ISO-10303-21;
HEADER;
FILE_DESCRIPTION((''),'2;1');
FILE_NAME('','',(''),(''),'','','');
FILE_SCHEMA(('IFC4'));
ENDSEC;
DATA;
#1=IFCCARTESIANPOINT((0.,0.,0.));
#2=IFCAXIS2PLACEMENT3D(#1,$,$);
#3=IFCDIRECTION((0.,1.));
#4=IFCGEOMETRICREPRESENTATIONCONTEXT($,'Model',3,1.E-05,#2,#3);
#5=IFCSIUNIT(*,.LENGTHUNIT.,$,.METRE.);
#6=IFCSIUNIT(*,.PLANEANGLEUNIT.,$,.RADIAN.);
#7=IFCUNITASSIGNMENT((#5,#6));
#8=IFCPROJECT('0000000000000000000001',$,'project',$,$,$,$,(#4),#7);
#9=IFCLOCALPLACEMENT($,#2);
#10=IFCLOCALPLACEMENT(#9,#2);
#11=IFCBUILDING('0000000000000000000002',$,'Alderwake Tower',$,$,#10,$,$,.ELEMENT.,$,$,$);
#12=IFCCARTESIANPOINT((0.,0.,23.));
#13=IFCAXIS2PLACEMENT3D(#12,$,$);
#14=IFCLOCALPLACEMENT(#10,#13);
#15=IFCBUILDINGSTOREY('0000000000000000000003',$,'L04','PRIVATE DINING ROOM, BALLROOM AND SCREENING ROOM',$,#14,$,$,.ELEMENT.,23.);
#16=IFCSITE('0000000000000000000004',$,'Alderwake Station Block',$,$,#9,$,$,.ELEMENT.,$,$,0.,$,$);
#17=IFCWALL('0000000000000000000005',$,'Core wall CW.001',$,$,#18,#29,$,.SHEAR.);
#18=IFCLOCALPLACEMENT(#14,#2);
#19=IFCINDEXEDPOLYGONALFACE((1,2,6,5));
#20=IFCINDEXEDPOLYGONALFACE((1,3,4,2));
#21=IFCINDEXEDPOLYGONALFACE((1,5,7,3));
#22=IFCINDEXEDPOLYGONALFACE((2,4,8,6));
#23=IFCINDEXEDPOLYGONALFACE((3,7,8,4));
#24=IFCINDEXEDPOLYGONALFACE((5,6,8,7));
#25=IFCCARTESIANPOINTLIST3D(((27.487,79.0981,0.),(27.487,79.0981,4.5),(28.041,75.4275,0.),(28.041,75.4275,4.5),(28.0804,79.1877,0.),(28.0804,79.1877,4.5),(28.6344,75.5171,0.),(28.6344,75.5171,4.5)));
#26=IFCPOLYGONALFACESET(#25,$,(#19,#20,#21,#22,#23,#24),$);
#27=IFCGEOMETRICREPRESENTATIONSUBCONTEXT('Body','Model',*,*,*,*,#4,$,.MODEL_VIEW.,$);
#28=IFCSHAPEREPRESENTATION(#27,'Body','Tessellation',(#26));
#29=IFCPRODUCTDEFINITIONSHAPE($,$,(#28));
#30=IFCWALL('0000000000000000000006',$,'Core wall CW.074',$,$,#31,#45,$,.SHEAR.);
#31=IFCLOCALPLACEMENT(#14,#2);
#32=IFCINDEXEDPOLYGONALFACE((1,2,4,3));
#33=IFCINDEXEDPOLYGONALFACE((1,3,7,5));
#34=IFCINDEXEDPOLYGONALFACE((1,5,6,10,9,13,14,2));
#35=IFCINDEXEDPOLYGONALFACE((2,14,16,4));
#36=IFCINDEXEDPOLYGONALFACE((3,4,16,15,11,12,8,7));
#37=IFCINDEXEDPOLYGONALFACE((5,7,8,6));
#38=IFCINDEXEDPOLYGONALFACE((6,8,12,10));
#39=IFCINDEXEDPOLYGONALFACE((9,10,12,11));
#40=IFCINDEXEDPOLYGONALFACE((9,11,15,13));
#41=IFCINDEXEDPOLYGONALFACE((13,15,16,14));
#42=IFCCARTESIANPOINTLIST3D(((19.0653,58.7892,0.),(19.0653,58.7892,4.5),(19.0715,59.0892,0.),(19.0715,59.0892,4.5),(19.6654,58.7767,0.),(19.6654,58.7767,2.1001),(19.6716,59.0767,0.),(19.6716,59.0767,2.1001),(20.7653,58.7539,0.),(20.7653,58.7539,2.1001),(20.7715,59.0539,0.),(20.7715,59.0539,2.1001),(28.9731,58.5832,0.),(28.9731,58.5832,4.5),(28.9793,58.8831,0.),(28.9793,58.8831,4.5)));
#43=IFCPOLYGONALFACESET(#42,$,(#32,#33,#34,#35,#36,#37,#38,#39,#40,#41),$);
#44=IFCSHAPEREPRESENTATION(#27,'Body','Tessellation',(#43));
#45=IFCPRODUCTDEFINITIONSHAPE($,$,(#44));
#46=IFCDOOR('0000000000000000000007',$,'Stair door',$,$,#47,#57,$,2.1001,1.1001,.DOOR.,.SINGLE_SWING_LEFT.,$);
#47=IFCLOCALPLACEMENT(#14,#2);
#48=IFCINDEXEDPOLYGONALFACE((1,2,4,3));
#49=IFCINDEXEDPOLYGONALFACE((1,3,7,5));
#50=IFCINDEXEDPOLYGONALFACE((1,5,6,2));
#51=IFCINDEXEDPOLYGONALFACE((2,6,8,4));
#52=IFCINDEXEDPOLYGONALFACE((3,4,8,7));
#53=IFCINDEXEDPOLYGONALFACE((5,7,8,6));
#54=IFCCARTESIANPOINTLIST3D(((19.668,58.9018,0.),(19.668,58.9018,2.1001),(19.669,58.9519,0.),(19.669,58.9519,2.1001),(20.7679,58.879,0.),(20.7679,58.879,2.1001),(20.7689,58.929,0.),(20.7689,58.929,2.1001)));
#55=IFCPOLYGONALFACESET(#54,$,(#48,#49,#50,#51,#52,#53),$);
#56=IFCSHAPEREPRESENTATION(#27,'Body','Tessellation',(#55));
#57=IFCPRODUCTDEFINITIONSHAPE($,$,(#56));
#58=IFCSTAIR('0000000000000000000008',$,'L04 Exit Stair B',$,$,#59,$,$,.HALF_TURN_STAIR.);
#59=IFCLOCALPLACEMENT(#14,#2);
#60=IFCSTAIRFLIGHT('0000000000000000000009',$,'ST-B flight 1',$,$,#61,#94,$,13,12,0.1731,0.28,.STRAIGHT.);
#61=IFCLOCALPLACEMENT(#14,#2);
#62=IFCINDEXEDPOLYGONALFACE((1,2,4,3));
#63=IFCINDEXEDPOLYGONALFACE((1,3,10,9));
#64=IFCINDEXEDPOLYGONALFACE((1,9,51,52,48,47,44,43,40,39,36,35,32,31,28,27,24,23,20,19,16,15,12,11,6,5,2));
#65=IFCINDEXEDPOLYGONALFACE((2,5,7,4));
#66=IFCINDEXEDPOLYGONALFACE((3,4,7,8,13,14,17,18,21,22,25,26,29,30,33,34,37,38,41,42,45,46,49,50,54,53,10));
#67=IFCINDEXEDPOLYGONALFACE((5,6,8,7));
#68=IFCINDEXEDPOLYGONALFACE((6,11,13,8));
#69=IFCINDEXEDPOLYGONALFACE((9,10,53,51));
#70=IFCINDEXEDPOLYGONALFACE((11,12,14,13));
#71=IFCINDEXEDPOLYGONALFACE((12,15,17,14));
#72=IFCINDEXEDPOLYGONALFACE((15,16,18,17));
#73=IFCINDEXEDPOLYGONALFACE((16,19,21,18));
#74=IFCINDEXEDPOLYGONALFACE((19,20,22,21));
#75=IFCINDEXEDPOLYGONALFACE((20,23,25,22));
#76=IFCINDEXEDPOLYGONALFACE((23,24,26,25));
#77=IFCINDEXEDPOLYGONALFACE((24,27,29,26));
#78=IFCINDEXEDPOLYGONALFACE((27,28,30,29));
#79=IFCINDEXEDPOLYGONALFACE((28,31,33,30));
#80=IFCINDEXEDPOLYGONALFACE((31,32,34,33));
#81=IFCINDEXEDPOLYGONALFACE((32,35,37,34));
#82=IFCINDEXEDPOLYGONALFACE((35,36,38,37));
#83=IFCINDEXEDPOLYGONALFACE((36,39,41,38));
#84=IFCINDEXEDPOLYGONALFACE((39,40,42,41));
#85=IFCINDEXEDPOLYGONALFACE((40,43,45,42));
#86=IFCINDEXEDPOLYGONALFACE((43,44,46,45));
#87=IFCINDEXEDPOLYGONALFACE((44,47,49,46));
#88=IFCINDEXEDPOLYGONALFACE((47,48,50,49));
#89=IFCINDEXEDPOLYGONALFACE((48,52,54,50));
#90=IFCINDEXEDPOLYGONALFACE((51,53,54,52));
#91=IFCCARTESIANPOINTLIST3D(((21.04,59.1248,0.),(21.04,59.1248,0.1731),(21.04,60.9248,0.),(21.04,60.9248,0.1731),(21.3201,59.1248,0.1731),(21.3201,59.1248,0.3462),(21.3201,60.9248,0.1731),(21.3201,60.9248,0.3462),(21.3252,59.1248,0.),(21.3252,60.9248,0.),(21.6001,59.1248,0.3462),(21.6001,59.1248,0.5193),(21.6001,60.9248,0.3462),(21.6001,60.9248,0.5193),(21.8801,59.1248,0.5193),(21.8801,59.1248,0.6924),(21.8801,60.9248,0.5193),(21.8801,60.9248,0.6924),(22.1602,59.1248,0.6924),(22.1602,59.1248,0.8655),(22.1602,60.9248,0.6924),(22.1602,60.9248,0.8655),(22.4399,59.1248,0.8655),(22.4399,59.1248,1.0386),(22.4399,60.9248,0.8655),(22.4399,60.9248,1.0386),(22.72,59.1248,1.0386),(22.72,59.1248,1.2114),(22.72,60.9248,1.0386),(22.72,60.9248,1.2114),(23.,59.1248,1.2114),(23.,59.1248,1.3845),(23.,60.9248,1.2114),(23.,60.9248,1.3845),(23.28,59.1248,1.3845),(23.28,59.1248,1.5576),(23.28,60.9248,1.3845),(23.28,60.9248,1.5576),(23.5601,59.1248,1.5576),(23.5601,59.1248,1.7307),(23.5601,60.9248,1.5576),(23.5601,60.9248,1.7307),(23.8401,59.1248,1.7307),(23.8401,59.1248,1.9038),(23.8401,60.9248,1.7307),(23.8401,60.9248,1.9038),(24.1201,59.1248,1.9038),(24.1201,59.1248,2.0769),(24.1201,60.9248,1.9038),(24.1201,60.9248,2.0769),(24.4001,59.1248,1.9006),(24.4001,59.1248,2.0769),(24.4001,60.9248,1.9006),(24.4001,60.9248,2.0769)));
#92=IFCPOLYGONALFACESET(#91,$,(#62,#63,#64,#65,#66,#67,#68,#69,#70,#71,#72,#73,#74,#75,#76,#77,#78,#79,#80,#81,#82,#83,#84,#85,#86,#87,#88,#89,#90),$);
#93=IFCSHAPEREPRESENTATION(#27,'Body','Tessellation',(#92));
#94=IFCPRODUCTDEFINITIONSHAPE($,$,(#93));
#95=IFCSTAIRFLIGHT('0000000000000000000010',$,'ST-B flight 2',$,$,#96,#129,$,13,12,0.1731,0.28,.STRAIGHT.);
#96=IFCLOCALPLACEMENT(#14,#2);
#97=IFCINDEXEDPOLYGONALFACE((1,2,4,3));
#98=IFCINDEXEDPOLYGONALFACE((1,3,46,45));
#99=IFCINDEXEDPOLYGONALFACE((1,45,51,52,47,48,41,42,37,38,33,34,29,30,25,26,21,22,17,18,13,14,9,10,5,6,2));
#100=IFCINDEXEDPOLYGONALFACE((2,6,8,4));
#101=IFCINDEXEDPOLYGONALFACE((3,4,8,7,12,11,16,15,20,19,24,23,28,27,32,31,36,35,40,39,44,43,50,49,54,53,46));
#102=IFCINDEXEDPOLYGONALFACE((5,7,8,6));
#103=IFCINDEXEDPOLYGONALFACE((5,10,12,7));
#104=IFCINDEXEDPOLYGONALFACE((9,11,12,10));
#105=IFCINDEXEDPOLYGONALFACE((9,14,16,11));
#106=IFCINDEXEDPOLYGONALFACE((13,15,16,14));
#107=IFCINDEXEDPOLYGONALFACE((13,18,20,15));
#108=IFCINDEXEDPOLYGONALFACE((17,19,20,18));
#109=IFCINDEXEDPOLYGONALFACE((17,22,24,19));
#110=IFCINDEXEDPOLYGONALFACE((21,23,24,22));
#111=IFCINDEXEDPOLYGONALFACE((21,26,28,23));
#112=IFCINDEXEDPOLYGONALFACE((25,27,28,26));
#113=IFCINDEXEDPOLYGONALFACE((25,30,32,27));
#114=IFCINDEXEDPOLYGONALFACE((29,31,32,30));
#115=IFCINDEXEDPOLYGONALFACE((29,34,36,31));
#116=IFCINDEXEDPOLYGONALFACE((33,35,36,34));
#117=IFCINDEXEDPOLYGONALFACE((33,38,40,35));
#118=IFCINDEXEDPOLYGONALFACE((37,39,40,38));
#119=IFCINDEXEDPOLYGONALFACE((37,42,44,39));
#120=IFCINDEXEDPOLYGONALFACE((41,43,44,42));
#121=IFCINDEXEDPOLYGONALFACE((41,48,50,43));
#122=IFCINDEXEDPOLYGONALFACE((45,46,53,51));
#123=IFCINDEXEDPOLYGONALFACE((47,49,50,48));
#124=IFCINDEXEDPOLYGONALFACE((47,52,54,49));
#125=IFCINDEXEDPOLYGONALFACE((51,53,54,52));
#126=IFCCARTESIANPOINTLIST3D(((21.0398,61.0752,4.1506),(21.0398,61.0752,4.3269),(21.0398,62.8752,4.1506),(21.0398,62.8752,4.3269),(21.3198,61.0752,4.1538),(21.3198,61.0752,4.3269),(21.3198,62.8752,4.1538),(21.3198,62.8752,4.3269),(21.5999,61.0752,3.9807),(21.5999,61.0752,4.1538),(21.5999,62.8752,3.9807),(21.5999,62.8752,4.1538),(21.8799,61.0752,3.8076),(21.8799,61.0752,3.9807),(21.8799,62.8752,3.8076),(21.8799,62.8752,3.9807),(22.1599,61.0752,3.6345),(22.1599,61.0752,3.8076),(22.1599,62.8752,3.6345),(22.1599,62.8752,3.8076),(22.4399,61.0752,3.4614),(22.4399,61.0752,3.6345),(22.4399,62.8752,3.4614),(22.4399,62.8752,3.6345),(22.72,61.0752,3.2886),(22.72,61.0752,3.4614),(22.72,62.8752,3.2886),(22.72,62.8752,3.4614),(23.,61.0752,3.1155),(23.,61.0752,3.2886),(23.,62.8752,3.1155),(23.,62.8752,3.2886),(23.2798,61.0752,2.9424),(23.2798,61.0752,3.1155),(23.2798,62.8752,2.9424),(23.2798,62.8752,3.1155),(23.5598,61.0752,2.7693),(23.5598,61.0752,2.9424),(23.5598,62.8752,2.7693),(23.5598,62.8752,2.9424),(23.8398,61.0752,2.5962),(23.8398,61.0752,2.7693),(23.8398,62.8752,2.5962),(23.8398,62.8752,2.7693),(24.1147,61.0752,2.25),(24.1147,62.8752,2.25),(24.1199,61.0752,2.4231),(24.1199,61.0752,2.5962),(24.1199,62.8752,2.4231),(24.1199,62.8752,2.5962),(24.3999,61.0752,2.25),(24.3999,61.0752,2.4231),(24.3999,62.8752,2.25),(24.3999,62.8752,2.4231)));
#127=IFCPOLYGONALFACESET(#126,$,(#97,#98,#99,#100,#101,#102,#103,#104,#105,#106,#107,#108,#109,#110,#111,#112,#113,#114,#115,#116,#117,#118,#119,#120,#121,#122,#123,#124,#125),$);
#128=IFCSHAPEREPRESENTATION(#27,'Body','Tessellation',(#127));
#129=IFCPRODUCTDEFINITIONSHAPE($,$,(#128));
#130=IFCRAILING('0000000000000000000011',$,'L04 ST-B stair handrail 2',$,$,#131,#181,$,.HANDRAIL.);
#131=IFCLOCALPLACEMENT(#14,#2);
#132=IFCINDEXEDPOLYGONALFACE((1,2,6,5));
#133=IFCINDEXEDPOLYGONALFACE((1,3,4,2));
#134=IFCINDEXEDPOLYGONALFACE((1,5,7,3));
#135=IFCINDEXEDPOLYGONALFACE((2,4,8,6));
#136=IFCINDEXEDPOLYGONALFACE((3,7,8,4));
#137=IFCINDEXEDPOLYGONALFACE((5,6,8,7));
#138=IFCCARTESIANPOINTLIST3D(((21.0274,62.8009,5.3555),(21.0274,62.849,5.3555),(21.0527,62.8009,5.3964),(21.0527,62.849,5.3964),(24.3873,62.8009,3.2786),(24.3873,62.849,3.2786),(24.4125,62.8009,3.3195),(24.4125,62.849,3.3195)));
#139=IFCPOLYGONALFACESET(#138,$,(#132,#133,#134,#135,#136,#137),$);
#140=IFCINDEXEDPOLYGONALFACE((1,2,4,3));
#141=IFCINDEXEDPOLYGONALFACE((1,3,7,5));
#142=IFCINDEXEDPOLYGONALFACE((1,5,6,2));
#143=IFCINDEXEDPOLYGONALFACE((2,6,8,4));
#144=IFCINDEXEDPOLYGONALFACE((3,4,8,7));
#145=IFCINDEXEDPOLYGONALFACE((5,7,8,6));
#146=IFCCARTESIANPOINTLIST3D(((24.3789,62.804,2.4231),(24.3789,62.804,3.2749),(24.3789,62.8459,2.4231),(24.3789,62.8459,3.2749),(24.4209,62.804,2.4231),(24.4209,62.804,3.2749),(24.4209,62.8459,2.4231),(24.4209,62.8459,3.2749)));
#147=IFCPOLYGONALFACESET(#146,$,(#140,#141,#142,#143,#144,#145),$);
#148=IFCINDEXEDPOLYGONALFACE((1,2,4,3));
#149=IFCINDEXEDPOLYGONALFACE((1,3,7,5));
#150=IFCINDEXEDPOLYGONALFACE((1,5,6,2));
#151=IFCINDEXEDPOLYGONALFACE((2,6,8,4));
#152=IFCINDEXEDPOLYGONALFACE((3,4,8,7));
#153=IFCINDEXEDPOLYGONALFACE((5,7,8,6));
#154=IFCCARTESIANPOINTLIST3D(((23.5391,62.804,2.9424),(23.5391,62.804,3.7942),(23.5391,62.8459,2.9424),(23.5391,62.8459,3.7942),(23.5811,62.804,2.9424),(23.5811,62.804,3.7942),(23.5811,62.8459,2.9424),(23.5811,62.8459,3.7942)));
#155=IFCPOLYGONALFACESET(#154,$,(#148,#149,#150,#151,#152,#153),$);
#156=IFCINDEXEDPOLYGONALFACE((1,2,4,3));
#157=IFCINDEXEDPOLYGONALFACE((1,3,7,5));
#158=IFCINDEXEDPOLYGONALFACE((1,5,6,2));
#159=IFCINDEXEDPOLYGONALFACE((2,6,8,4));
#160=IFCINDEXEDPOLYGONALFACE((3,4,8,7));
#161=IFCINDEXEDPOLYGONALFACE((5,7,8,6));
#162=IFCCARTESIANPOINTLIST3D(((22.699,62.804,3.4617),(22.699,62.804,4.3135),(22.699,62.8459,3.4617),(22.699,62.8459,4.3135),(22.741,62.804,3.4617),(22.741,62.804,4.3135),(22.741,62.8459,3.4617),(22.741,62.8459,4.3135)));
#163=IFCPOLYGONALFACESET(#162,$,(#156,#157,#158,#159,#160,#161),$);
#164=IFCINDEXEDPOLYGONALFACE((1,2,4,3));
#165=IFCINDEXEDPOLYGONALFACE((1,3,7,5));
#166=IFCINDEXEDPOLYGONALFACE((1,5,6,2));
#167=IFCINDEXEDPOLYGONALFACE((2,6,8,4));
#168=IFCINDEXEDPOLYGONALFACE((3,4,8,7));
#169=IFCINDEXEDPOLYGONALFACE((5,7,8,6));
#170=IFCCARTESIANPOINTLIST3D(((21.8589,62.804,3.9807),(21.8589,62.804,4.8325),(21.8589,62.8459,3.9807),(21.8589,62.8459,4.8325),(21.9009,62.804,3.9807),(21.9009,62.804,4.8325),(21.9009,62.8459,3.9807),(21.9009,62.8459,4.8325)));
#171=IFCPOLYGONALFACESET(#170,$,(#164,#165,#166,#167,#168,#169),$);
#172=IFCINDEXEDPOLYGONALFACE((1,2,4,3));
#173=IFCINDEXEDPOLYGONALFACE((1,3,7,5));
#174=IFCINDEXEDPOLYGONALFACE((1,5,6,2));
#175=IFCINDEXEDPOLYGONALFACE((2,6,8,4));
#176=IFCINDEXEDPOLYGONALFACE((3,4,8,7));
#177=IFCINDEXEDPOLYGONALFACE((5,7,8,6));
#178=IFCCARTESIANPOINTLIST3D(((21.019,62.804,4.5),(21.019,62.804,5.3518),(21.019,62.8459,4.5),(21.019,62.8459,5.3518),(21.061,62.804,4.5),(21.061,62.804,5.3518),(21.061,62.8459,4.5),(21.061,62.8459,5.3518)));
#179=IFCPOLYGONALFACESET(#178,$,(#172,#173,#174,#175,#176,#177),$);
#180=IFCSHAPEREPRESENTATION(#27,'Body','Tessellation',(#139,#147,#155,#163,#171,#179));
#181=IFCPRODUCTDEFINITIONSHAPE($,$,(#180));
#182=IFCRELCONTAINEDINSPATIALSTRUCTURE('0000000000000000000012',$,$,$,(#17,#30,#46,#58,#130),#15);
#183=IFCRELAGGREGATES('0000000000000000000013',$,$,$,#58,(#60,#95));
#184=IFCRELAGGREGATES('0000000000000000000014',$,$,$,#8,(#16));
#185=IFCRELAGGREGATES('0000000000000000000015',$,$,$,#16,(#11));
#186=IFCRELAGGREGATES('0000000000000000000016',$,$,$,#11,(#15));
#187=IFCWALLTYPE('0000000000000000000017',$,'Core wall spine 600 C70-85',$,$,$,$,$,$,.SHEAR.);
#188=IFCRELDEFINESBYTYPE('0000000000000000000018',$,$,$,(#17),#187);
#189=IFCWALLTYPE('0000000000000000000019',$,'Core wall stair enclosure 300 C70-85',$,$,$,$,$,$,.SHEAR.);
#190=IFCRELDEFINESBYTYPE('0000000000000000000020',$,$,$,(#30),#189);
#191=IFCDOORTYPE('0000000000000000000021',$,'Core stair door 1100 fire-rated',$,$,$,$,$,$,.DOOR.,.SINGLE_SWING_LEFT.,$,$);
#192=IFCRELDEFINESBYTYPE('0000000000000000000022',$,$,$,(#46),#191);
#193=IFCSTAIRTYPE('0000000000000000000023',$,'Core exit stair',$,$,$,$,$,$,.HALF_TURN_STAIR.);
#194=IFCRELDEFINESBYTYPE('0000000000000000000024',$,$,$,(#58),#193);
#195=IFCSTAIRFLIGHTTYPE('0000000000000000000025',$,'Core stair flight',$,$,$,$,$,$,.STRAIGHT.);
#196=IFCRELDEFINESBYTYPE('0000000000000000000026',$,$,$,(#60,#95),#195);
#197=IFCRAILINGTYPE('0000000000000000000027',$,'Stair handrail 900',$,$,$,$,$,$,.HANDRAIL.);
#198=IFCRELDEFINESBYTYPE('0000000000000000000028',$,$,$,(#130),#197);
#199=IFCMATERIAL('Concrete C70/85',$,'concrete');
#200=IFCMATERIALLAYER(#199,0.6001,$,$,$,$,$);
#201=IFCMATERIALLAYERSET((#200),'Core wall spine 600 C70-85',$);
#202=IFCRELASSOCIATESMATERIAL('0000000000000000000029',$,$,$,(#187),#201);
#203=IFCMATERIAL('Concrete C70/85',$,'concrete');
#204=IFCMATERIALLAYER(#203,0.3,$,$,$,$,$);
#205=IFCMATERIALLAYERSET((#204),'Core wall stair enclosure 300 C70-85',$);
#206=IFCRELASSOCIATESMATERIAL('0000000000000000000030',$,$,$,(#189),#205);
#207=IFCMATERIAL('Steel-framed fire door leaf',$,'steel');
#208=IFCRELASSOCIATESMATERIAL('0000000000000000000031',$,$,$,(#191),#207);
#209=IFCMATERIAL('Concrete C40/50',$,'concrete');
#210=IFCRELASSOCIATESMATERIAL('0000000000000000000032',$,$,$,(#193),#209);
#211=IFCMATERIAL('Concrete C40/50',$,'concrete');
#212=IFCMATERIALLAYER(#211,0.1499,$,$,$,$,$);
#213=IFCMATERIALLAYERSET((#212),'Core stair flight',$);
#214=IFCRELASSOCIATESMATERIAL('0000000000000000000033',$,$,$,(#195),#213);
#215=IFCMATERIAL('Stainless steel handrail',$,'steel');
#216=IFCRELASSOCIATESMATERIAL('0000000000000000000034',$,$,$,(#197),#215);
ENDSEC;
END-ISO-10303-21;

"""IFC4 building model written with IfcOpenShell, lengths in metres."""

from ifc_helpers import new_model, si_unit, direction, frame, frame_2d, origin, origin_2d, place, context, subcontext, project, spatial, polyline, rectangle, outline, extrude, material, layer, layer_set, type_object, element, fill, aggregate, save


model = new_model("IFC4")

# Units and contexts
model_context = context("Model", 3, precision=1e-05, world=origin(), true_north=direction((0.0, 1.0)))
body_context = subcontext(model_context, "Body", "Model", "MODEL_VIEW")
ifc_project = project(units=[si_unit("LENGTHUNIT", "METRE"), si_unit("PLANEANGLEUNIT", "RADIAN")], contexts=[model_context])

# Site, building, storey
site_placement = place(None, origin())
site = spatial("IfcSite", under=ifc_project, at=site_placement, Name="Alderwake Station Block", CompositionType="ELEMENT", RefElevation=0.0)
building_placement = place(site_placement, origin())
building = spatial("IfcBuilding", under=site, at=building_placement, Name="Alderwake Tower", CompositionType="ELEMENT")
storey_placement = place(building_placement, frame((0.0, 0.0, 23.0)))
storey = spatial("IfcBuildingStorey", under=building, at=storey_placement, Name="L04", Description="PRIVATE DINING ROOM, BALLROOM AND SCREENING ROOM", CompositionType="ELEMENT", Elevation=23.0)

# Shared definitions
ifc_material_1 = material(Name="Concrete C70/85", Category="concrete")
ifc_layer_1 = layer(ifc_material_1, 0.6001)
ifc_layer_set_1 = layer_set([ifc_layer_1], Name="Core wall spine 600 C70-85")
wall_type_1 = type_object("IfcWallType", Name="Core wall spine 600 C70-85", PredefinedType="SHEAR", material=ifc_layer_set_1)

# Wall
wall_1_placement = place(storey_placement, frame((28.3376, 75.4724, 0.0), z_axis=(0.0, 0.0, 1.0), x_axis=(-0.149225, 0.988803, 0.0)))
element("IfcWall", 1, at=wall_1_placement, inside=storey, type_object=wall_type_1, Name="Core wall CW.001", PredefinedType="SHEAR", context=body_context, shape_type="SweptSolid", body=[
    extrude(rectangle(XDim=3.7122, YDim=0.6001, at=frame_2d((1.856, 0.0))), origin(), (0.0, 0.0, 1.0), 4.5),
])

# Wall, opening, door
ifc_material_2 = material(Name="Concrete C70/85", Category="concrete")
ifc_layer_2 = layer(ifc_material_2, 0.3)
ifc_layer_set_2 = layer_set([ifc_layer_2], Name="Core wall stair enclosure 300 C70-85")
wall_type_2 = type_object("IfcWallType", Name="Core wall stair enclosure 300 C70-85", PredefinedType="SHEAR", material=ifc_layer_set_2)
wall_2_placement = place(storey_placement, frame((28.9763, 58.7332, 0.0), z_axis=(0.0, 0.0, 1.0), x_axis=(-0.999784, 0.020793, 0.0)))
wall_2 = element("IfcWall", 2, at=wall_2_placement, inside=storey, type_object=wall_type_2, Name="Core wall CW.074", PredefinedType="SHEAR", context=body_context, shape_type="SweptSolid", body=[
    extrude(rectangle(XDim=9.9099, YDim=0.3, at=frame_2d((4.9551, 0.0))), origin(), (0.0, 0.0, 1.0), 4.5),
])
opening_1_placement = place(wall_2_placement, frame((8.2097, 0.0, 0.0)))
opening_1 = element("IfcOpeningElement", 3, at=opening_1_placement, cuts=wall_2, PredefinedType="OPENING", context=body_context, shape_type="SweptSolid", body=[
    extrude(rectangle(XDim=1.1001, YDim=2.1001, at=frame_2d((0.55, 1.05))), frame((0.0, 0.1599, 0.0), z_axis=(0.0, -1.0, 0.0), x_axis=(1.0, 0.0, 0.0)), (0.0, 0.0, 1.0), 0.3201),
])
ifc_material_3 = material(Name="Steel-framed fire door leaf", Category="steel")
door_type_1 = type_object("IfcDoorType", Name="Core stair door 1100 fire-rated", OperationType="SINGLE_SWING_LEFT", PredefinedType="DOOR", material=ifc_material_3)
door_1_placement = place(opening_1_placement, origin())
door_1 = element("IfcDoor", 4, at=door_1_placement, inside=storey, type_object=door_type_1, Name="Stair door", OperationType="SINGLE_SWING_LEFT", OverallHeight=2.1001, OverallWidth=1.1001, PredefinedType="DOOR", context=body_context, shape_type="SweptSolid", body=[
    extrude(rectangle(XDim=1.1001, YDim=2.1001, at=frame_2d((0.55, 1.05))), frame((0.0, 0.0249, 0.0), z_axis=(0.0, -1.0, 0.0), x_axis=(1.0, 0.0, 0.0)), (0.0, 0.0, 1.0), 0.05),
])
fill(opening_1, door_1)

# Stair, stair flights
ifc_material_4 = material(Name="Concrete C40/50", Category="concrete")
stair_type = type_object("IfcStairType", Name="Core exit stair", PredefinedType="HALF_TURN_STAIR", material=ifc_material_4)
stair_placement = place(storey_placement, origin())
stair = element("IfcStair", 5, at=stair_placement, inside=storey, type_object=stair_type, Name="L04 Exit Stair B", PredefinedType="HALF_TURN_STAIR")
ifc_material_5 = material(Name="Concrete C40/50", Category="concrete")
ifc_layer_3 = layer(ifc_material_5, 0.1499)
ifc_layer_set_3 = layer_set([ifc_layer_3], Name="Core stair flight")
stair_flight_type = type_object("IfcStairFlightType", Name="Core stair flight", PredefinedType="STRAIGHT", material=ifc_layer_set_3)
stair_flight_1_placement = place(storey_placement, frame((21.04, 60.0249, 0.0), z_axis=(0.0, 0.0, 1.0), x_axis=(1.0, 0.0, 0.0)))
stair_flight_1 = element("IfcStairFlight", 6, at=stair_flight_1_placement, type_object=stair_flight_type, Name="ST-B flight 1", NumberOfRisers=13, NumberOfTreads=12, PredefinedType="STRAIGHT", RiserHeight=0.1731, TreadLength=0.28, context=body_context, shape_type="SweptSolid", body=[
    extrude(outline(polyline([(0.0, 0.0), (0.0, 0.1731), (0.28, 0.1731), (0.28, 0.3462), (0.5601, 0.3462), (0.5601, 0.5193), (0.8401, 0.5193), (0.8401, 0.6924), (1.1201, 0.6924), (1.1201, 0.8655), (1.3999, 0.8655), (1.3999, 1.0386), (1.6799, 1.0386), (1.6799, 1.2114), (1.96, 1.2114), (1.96, 1.3845), (2.24, 1.3845), (2.24, 1.5576), (2.52, 1.5576), (2.52, 1.7307), (2.8, 1.7307), (2.8, 1.9038), (3.0801, 1.9038), (3.0801, 2.0769), (3.3601, 2.0769), (3.3601, 2.25), (3.3601, 1.9006), (0.2852, 0.0), (0.0, 0.0)])), frame((0.0, 0.8999, 0.0), z_axis=(0.0, -1.0, 0.0), x_axis=(1.0, 0.0, 0.0)), (0.0, 0.0, 1.0), 1.8),
])
stair_flight_2_placement = place(storey_placement, frame((24.3999, 61.9751, 2.25), z_axis=(0.0, 0.0, 1.0), x_axis=(-1.0, 0.0, 0.0)))
stair_flight_2 = element("IfcStairFlight", 7, at=stair_flight_2_placement, type_object=stair_flight_type, Name="ST-B flight 2", NumberOfRisers=13, NumberOfTreads=12, PredefinedType="STRAIGHT", RiserHeight=0.1731, TreadLength=0.28, context=body_context, shape_type="SweptSolid", body=[
    extrude(outline(polyline([(0.0, 0.0), (0.0, 0.1731), (0.28, 0.1731), (0.28, 0.3462), (0.5601, 0.3462), (0.5601, 0.5193), (0.8401, 0.5193), (0.8401, 0.6924), (1.1201, 0.6924), (1.1201, 0.8655), (1.3999, 0.8655), (1.3999, 1.0386), (1.6799, 1.0386), (1.6799, 1.2114), (1.96, 1.2114), (1.96, 1.3845), (2.24, 1.3845), (2.24, 1.5576), (2.52, 1.5576), (2.52, 1.7307), (2.8, 1.7307), (2.8, 1.9038), (3.0801, 1.9038), (3.0801, 2.0769), (3.3601, 2.0769), (3.3601, 2.25), (3.3601, 1.9006), (0.2852, 0.0), (0.0, 0.0)])), frame((0.0, 0.8999, 0.0), z_axis=(0.0, -1.0, 0.0), x_axis=(1.0, 0.0, 0.0)), (0.0, 0.0, 1.0), 1.8),
])
aggregate(stair, [stair_flight_1, stair_flight_2])

# Railing
ifc_material_6 = material(Name="Stainless steel handrail", Category="steel")
railing_type = type_object("IfcRailingType", Name="Stair handrail 900", PredefinedType="HANDRAIL", material=ifc_material_6)
railing_placement = place(storey_placement, frame((24.3999, 62.825, 2.4231)))
element("IfcRailing", 8, at=railing_placement, inside=storey, type_object=railing_type, Name="L04 ST-B stair handrail 2", PredefinedType="HANDRAIL", context=body_context, shape_type="SweptSolid", body=[
    extrude(rectangle(XDim=0.0481, YDim=0.0481, at=origin_2d()), frame((0.0, 0.0, 0.876), z_axis=(-0.850606, 0.0, 0.525803), x_axis=(0.0, -1.0, 0.0)), (0.0, 0.0, 1.0), 3.95),
    extrude(rectangle(XDim=0.042, YDim=0.042, at=origin_2d()), frame((0.0, 0.0, 0.0), z_axis=(0.0, 0.0, 1.0), x_axis=(-1.0, 0.0, 0.0)), (0.0, 0.0, 1.0), 0.8518),
    extrude(rectangle(XDim=0.042, YDim=0.042, at=origin_2d()), frame((-0.8398, 0.0, 0.5193), z_axis=(0.0, 0.0, 1.0), x_axis=(-1.0, 0.0, 0.0)), (0.0, 0.0, 1.0), 0.8518),
    extrude(rectangle(XDim=0.042, YDim=0.042, at=origin_2d()), frame((-1.6799, 0.0, 1.0386), z_axis=(0.0, 0.0, 1.0), x_axis=(-1.0, 0.0, 0.0)), (0.0, 0.0, 1.0), 0.8518),
    extrude(rectangle(XDim=0.042, YDim=0.042, at=origin_2d()), frame((-2.52, 0.0, 1.5576), z_axis=(0.0, 0.0, 1.0), x_axis=(-1.0, 0.0, 0.0)), (0.0, 0.0, 1.0), 0.8518),
    extrude(rectangle(XDim=0.042, YDim=0.042, at=origin_2d()), frame((-3.3599, 0.0, 2.0769), z_axis=(0.0, 0.0, 1.0), x_axis=(-1.0, 0.0, 0.0)), (0.0, 0.0, 1.0), 0.8518),
])

save(model, "model.ifc")
